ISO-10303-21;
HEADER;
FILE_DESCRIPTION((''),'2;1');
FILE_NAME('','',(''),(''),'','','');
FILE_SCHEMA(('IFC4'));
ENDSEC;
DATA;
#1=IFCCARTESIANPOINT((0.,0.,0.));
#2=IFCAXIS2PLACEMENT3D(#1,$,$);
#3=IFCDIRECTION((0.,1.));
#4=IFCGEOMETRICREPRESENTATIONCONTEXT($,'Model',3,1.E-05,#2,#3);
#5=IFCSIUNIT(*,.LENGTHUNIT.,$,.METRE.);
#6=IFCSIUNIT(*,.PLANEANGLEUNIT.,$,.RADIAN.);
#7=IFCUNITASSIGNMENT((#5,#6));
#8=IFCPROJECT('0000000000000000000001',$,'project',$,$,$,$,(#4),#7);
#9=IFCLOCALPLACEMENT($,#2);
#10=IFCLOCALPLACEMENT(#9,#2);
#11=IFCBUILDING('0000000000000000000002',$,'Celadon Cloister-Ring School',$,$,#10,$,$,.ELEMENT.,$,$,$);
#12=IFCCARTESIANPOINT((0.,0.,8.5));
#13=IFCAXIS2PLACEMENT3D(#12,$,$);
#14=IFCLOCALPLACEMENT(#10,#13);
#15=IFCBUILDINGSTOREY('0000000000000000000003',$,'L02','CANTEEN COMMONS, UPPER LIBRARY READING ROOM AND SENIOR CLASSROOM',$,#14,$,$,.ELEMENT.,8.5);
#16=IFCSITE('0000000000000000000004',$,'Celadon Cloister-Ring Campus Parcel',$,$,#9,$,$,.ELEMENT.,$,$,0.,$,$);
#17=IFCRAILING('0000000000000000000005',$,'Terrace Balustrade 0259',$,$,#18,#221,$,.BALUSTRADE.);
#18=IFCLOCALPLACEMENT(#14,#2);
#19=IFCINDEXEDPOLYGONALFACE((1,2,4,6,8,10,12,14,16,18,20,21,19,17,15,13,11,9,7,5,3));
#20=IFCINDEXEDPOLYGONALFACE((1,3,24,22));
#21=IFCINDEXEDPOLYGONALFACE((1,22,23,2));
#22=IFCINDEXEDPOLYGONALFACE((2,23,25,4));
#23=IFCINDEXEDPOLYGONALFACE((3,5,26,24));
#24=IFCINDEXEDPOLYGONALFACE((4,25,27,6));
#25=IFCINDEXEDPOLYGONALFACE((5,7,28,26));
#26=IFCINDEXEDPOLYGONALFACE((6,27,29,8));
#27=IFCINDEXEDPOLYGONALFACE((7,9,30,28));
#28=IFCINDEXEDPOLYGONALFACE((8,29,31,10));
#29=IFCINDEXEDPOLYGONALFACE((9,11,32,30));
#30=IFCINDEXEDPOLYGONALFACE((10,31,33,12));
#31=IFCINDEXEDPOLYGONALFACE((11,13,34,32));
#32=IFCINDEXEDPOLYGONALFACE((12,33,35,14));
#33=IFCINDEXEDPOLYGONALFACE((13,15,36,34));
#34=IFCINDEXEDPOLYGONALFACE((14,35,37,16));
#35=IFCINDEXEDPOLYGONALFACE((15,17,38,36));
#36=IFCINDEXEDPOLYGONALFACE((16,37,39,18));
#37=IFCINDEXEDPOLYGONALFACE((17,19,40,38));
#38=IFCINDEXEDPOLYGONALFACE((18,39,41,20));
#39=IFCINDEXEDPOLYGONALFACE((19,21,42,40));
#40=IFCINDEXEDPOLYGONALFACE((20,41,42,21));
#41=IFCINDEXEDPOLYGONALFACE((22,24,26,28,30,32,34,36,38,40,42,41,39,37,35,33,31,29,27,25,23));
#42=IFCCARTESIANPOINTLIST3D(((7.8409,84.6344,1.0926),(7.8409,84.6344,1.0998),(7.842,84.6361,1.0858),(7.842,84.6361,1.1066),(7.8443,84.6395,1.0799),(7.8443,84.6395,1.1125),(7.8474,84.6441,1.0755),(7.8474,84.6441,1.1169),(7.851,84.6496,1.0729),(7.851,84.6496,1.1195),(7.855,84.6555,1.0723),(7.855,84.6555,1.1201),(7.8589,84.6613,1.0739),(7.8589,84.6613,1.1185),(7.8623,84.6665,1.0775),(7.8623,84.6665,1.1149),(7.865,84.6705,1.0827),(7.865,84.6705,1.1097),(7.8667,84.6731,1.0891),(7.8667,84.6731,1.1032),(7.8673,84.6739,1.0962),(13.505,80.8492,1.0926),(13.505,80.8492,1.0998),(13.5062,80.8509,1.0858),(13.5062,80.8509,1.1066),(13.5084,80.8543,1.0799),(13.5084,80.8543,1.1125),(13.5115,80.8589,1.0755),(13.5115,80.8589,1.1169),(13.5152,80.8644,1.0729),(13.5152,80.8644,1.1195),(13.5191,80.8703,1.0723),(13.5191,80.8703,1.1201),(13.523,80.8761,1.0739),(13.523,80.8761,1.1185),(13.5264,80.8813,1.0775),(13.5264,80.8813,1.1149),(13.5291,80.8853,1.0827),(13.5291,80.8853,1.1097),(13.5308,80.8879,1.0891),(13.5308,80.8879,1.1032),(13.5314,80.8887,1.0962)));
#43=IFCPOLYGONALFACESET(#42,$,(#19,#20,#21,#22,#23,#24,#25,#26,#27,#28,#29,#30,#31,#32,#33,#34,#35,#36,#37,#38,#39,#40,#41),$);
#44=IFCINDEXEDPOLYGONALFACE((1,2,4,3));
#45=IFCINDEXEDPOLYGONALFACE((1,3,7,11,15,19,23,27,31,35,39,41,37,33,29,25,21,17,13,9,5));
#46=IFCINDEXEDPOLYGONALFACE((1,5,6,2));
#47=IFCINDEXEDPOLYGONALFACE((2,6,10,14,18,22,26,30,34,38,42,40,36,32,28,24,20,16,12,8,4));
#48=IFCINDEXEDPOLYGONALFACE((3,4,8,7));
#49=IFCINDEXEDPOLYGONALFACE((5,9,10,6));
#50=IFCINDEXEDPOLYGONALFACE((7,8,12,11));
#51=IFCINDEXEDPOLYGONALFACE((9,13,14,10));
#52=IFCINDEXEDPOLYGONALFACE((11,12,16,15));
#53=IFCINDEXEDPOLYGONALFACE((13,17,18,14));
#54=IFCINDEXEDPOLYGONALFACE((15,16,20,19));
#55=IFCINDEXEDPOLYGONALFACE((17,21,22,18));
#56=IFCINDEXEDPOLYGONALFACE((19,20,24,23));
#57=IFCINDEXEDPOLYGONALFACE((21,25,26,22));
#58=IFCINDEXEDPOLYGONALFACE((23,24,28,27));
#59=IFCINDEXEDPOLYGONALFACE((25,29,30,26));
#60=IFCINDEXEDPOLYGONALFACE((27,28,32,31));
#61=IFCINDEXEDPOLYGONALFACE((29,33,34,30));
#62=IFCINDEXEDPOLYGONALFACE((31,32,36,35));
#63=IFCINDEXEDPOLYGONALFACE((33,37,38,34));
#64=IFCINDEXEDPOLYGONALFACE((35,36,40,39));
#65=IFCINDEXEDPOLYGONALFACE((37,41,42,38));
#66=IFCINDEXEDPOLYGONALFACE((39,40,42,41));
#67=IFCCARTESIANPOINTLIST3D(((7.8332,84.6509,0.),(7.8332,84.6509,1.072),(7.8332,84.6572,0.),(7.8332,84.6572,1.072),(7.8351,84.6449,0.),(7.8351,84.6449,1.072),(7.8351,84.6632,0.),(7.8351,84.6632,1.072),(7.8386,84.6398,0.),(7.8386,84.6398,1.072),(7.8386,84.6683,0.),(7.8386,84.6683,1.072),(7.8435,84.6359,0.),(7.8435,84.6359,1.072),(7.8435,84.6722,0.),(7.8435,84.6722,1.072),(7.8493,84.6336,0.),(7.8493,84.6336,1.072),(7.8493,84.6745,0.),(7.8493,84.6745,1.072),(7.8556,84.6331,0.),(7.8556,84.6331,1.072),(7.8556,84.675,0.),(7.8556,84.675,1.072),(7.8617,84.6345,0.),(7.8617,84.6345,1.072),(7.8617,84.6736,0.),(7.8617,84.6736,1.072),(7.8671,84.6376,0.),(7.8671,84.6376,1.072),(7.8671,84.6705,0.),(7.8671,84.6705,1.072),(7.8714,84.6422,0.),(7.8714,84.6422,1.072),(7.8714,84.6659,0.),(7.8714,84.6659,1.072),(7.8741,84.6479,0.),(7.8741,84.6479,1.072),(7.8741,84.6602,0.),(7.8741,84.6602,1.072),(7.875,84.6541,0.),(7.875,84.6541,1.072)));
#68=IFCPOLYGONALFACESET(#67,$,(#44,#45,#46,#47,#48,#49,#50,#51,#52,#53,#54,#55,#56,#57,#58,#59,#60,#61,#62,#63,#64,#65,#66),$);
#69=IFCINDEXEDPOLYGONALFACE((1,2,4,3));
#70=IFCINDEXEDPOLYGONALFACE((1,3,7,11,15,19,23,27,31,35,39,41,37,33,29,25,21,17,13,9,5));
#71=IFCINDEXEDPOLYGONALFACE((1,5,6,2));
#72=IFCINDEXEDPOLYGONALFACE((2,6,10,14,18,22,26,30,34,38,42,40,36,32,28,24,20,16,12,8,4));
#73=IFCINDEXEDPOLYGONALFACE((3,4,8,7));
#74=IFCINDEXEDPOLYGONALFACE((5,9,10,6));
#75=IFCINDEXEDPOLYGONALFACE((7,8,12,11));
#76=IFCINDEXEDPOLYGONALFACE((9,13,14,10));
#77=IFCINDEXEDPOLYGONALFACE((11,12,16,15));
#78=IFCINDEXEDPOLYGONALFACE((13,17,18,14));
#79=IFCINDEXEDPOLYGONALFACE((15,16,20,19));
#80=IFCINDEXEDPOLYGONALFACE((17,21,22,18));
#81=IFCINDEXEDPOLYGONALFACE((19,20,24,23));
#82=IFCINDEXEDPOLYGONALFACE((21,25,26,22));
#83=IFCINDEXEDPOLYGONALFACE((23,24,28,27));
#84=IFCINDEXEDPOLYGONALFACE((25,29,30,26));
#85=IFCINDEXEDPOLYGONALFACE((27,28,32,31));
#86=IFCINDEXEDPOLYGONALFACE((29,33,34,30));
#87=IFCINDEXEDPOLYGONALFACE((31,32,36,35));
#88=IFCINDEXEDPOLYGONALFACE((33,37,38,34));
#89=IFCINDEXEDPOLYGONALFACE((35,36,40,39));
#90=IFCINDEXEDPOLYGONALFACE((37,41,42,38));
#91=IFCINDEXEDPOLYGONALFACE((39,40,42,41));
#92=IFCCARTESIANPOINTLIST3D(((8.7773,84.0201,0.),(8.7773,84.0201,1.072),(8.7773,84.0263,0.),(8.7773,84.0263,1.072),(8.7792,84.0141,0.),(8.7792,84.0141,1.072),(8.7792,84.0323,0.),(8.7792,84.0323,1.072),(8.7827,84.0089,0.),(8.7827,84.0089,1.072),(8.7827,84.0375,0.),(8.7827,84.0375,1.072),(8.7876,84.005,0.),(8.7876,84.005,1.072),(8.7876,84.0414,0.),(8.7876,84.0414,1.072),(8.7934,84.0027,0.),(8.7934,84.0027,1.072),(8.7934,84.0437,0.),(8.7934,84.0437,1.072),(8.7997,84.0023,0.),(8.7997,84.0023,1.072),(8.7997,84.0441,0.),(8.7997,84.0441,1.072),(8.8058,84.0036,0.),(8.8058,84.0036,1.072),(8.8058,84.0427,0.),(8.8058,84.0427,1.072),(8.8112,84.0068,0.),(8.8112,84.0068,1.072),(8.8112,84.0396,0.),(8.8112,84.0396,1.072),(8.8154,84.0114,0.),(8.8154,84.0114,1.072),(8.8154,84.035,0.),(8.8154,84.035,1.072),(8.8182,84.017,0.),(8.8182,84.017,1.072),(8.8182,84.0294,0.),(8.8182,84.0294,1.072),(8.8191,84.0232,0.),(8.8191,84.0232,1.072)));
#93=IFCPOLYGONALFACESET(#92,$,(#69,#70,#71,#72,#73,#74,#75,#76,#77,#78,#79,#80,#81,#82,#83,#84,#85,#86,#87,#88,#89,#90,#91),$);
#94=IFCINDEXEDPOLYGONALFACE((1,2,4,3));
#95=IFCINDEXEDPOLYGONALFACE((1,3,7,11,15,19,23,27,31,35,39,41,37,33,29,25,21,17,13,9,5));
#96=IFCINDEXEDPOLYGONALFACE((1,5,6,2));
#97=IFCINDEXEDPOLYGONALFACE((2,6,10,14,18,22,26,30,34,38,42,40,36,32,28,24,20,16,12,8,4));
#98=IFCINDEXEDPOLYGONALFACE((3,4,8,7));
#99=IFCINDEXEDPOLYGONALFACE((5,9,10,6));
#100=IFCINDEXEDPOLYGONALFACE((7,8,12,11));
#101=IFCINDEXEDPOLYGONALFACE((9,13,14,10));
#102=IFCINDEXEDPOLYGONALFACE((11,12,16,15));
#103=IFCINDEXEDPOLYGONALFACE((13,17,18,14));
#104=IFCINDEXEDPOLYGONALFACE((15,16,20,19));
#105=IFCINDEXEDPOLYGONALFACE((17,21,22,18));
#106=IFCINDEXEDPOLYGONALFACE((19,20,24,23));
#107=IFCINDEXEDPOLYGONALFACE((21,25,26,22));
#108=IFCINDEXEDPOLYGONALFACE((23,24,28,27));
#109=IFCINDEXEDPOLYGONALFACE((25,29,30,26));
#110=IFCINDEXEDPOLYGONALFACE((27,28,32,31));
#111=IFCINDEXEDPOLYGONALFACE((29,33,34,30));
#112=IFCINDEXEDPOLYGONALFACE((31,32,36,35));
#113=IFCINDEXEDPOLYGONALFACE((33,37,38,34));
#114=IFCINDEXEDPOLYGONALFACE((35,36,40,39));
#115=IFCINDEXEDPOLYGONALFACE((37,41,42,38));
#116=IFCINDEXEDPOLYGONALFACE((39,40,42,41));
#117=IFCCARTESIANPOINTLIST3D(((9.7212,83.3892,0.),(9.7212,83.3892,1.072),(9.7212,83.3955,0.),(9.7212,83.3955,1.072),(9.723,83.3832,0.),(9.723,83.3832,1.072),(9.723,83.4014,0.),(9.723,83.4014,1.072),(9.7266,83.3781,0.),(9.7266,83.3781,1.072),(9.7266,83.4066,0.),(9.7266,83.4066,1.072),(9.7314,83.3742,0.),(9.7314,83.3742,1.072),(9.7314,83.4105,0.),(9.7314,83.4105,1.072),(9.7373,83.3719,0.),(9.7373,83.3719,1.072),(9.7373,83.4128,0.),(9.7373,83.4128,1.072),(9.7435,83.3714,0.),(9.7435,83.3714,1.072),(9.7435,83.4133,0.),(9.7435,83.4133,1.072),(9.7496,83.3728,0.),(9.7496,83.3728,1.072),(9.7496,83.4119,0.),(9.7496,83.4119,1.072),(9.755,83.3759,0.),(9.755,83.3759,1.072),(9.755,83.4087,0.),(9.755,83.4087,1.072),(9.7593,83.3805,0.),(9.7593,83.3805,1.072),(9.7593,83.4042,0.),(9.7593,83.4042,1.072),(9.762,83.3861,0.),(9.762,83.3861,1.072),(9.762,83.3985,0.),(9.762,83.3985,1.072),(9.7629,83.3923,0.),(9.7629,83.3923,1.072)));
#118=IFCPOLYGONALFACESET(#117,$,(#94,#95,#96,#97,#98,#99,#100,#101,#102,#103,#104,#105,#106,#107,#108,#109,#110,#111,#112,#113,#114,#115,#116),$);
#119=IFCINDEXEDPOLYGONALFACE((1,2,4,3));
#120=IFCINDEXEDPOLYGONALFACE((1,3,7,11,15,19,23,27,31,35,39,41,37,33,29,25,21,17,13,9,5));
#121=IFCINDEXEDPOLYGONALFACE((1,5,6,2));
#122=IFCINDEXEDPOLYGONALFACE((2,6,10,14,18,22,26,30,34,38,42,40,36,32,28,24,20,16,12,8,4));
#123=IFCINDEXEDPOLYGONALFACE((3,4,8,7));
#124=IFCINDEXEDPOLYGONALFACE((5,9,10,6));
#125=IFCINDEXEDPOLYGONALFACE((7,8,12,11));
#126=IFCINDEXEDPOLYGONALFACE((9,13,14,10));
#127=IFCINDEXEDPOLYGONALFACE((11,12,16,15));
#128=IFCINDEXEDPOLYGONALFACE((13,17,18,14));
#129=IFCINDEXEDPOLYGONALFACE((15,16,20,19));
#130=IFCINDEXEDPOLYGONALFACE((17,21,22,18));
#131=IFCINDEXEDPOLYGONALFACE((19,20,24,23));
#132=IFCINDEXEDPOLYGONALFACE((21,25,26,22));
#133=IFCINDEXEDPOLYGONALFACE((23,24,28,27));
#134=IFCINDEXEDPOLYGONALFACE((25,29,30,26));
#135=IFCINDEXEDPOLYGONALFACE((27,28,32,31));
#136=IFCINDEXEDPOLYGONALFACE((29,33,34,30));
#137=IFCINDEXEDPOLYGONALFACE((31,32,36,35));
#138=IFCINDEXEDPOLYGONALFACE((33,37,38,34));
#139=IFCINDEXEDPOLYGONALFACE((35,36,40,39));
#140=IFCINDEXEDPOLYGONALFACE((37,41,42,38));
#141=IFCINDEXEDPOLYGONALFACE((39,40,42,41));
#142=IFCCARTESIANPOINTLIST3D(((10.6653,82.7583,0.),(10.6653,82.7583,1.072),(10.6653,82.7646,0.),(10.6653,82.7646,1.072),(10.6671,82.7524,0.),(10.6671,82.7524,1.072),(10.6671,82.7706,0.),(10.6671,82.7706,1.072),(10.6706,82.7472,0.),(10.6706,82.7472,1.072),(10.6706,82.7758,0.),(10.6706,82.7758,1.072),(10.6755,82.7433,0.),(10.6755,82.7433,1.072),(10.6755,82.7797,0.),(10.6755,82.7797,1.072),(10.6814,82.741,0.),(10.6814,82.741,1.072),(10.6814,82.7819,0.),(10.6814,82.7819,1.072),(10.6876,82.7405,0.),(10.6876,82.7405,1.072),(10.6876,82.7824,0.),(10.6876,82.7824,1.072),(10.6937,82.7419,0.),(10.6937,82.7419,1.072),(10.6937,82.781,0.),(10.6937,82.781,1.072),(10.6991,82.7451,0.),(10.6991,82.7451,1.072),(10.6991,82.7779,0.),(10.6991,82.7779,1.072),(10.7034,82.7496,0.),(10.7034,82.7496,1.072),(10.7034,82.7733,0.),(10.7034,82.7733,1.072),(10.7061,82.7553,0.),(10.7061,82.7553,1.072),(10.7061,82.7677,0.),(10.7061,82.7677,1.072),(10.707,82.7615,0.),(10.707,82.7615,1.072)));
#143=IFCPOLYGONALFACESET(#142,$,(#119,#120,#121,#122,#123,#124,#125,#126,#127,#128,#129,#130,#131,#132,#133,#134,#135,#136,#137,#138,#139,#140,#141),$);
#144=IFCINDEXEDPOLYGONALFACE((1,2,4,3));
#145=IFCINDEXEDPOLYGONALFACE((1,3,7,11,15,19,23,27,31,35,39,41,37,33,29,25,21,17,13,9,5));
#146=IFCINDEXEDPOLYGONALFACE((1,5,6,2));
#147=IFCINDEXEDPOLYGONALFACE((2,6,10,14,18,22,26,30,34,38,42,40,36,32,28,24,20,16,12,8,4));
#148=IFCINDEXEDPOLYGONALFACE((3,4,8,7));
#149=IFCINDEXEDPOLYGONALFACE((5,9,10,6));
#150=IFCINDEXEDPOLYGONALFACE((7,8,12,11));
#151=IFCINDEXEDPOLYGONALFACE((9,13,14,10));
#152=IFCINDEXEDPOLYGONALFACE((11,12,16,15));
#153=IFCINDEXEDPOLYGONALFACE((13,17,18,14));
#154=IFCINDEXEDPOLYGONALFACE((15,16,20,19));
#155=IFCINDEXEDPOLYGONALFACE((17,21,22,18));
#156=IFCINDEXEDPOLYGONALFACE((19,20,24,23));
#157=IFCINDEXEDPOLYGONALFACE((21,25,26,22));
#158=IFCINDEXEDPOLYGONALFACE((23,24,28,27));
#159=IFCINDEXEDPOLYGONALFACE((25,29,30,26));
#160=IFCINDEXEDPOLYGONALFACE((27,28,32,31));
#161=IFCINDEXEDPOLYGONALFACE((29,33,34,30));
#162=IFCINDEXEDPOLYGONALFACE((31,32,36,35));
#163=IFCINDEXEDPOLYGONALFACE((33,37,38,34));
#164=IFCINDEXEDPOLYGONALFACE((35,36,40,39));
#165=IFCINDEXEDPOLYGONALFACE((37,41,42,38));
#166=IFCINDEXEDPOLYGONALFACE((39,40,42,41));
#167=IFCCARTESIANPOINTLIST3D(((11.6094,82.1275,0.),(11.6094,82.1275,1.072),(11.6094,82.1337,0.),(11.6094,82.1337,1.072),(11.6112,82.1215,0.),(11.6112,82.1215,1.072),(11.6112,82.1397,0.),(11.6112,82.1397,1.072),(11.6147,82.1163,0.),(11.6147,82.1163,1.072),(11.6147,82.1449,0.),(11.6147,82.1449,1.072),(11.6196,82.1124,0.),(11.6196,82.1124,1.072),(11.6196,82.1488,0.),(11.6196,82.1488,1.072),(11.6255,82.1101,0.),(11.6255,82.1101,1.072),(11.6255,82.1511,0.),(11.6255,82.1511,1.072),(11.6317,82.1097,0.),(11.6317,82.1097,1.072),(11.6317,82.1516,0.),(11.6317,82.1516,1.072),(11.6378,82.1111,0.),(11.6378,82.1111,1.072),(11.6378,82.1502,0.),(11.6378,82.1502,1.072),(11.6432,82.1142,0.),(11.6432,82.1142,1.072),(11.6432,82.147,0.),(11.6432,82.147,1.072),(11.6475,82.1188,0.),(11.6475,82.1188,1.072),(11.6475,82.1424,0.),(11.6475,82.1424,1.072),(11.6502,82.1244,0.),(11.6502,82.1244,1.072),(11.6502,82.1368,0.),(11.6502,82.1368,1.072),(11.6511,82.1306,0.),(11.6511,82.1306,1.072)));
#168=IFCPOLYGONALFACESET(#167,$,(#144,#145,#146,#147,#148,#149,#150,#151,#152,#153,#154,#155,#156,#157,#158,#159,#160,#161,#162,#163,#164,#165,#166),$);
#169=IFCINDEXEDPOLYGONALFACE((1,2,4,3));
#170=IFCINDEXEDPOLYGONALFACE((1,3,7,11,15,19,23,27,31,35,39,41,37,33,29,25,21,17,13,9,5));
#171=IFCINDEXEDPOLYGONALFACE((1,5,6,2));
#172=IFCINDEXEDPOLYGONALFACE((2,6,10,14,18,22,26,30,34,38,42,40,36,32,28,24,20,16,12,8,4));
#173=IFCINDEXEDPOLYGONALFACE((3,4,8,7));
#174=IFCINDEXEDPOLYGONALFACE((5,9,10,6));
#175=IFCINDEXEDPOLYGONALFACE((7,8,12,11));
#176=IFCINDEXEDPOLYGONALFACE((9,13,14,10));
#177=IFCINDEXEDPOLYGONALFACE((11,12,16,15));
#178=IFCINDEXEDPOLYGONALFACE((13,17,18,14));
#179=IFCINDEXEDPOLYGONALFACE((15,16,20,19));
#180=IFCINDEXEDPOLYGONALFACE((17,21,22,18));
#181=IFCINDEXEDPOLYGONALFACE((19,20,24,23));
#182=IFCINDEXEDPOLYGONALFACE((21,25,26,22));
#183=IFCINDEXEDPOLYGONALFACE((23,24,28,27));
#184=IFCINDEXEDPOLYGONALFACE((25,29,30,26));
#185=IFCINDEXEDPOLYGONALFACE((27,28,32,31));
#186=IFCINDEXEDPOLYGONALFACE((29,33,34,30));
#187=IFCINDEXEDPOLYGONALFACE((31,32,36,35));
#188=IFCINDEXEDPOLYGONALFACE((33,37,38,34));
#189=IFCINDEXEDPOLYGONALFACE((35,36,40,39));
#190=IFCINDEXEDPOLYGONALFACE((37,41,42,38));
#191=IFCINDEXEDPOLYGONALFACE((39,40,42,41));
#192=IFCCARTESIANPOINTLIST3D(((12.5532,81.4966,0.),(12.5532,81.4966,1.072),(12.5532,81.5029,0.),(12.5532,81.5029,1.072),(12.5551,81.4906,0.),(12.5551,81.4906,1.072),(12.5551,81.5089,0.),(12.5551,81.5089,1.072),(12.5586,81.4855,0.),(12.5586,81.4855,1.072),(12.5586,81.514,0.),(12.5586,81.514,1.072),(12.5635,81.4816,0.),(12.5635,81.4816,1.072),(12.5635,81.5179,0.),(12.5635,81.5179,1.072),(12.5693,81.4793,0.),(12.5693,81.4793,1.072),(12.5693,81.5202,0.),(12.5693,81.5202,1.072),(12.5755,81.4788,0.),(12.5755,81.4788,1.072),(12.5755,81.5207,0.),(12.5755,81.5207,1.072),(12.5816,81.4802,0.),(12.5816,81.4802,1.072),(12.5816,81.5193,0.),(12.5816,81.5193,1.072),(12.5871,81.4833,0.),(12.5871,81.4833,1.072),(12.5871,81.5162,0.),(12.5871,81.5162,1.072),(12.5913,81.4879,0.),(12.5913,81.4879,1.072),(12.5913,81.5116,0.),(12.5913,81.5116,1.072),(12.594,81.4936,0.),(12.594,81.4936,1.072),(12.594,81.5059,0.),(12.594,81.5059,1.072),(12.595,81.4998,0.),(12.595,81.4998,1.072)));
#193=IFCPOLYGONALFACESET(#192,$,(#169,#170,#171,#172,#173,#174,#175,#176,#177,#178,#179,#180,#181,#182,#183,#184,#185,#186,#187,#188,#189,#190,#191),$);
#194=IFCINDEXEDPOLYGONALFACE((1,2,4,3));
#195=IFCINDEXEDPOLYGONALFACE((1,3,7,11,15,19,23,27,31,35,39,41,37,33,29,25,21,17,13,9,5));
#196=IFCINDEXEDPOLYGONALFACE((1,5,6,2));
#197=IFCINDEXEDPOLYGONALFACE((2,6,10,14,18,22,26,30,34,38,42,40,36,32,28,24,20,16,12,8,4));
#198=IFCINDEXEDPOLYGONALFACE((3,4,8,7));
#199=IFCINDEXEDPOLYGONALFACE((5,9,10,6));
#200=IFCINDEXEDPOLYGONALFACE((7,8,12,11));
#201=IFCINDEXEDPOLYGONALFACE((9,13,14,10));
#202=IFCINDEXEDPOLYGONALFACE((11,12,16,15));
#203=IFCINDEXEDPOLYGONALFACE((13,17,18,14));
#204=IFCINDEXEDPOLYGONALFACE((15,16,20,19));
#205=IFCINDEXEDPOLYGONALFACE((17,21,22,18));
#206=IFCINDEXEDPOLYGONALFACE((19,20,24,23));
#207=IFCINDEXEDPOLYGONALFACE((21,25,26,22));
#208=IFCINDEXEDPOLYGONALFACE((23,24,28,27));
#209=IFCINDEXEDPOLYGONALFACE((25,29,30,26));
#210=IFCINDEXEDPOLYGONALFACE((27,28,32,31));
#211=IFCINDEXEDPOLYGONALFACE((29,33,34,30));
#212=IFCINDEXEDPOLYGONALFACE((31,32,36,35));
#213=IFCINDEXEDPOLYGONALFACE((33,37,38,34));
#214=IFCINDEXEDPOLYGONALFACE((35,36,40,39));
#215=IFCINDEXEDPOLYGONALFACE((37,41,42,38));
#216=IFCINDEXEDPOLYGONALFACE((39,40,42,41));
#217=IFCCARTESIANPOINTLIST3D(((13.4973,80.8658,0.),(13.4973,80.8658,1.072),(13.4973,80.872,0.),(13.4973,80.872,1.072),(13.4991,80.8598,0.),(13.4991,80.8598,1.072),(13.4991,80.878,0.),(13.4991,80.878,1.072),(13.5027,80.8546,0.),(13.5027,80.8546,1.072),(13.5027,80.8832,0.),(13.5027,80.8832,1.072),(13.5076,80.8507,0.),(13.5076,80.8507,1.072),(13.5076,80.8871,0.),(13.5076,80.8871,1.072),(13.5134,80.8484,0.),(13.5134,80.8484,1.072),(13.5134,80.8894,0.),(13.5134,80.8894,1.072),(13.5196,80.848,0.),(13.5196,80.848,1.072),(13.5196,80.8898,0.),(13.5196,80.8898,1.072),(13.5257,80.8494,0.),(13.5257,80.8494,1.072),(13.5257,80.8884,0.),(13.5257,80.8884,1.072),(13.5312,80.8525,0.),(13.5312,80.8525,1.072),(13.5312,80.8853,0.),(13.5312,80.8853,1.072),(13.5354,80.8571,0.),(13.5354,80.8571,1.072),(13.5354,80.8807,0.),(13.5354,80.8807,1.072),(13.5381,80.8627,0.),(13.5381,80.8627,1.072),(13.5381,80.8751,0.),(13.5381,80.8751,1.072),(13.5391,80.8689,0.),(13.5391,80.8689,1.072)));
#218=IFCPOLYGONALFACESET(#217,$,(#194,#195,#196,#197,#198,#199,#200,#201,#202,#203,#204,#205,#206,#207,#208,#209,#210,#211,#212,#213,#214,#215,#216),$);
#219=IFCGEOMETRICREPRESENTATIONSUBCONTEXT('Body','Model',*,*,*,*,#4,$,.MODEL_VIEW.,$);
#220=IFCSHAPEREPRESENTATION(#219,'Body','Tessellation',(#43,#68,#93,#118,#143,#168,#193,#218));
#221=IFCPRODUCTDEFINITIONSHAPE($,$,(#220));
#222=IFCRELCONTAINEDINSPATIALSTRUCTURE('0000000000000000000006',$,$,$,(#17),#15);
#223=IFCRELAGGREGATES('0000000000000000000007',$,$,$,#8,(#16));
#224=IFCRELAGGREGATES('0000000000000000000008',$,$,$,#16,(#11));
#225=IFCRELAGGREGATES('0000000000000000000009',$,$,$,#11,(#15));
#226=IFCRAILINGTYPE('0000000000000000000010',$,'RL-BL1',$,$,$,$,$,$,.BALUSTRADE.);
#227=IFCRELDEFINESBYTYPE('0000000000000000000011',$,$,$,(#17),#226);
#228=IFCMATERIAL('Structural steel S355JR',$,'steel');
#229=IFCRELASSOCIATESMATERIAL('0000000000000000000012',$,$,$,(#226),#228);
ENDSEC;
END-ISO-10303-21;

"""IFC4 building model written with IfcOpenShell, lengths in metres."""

from ifc_helpers import new_model, si_unit, direction, frame, origin, origin_2d, place, context, subcontext, project, spatial, circle, extrude, material, type_object, element, save


model = new_model("IFC4")

# Units and contexts
model_context = context("Model", 3, precision=1e-05, world=origin(), true_north=direction((0.0, 1.0)))
body_context = subcontext(model_context, "Body", "Model", "MODEL_VIEW")
ifc_project = project(units=[si_unit("LENGTHUNIT", "METRE"), si_unit("PLANEANGLEUNIT", "RADIAN")], contexts=[model_context])

# Site, building, storey
site_placement = place(None, origin())
site = spatial("IfcSite", under=ifc_project, at=site_placement, Name="Celadon Cloister-Ring Campus Parcel", CompositionType="ELEMENT", RefElevation=0.0)
building_placement = place(site_placement, origin())
building = spatial("IfcBuilding", under=site, at=building_placement, Name="Celadon Cloister-Ring School", CompositionType="ELEMENT")
storey_placement = place(building_placement, frame((0.0, 0.0, 8.5)))
storey = spatial("IfcBuildingStorey", under=building, at=storey_placement, Name="L02", Description="CANTEEN COMMONS, UPPER LIBRARY READING ROOM AND SENIOR CLASSROOM", CompositionType="ELEMENT", Elevation=8.5)

# Railing
ifc_material_1 = material(Name="Structural steel S355JR", Category="steel")
railing_type = type_object("IfcRailingType", Name="RL-BL1", PredefinedType="BALUSTRADE", material=ifc_material_1)
railing_1_placement = place(storey_placement, frame((7.854, 84.6541, 0.0)))
element("IfcRailing", 1, at=railing_1_placement, inside=storey, type_object=railing_type, Name="Terrace Balustrade 0259", PredefinedType="BALUSTRADE", context=body_context, shape_type="SweptSolid", body=[
    extrude(circle(Radius=0.0239, at=origin_2d()), frame((0.0, 0.0, 1.0962), z_axis=(0.831432, -0.555626, 0.0), x_axis=(0.555626, 0.831432, 0.0)), (0.0, 0.0, 1.0), 6.8125),
    extrude(circle(Radius=0.021, at=origin_2d()), origin(), (0.0, 0.0, 1.0), 1.072),
    extrude(circle(Radius=0.021, at=origin_2d()), frame((0.9441, -0.6309, 0.0)), (0.0, 0.0, 1.0), 1.072),
    extrude(circle(Radius=0.021, at=origin_2d()), frame((1.8879, -1.2617, 0.0)), (0.0, 0.0, 1.0), 1.072),
    extrude(circle(Radius=0.021, at=origin_2d()), frame((2.832, -1.8926, 0.0)), (0.0, 0.0, 1.0), 1.072),
    extrude(circle(Radius=0.021, at=origin_2d()), frame((3.7761, -2.5234, 0.0)), (0.0, 0.0, 1.0), 1.072),
    extrude(circle(Radius=0.021, at=origin_2d()), frame((4.72, -3.1543, 0.0)), (0.0, 0.0, 1.0), 1.072),
    extrude(circle(Radius=0.021, at=origin_2d()), frame((5.6641, -3.7852, 0.0)), (0.0, 0.0, 1.0), 1.072),
])

save(model, "model.ifc")
